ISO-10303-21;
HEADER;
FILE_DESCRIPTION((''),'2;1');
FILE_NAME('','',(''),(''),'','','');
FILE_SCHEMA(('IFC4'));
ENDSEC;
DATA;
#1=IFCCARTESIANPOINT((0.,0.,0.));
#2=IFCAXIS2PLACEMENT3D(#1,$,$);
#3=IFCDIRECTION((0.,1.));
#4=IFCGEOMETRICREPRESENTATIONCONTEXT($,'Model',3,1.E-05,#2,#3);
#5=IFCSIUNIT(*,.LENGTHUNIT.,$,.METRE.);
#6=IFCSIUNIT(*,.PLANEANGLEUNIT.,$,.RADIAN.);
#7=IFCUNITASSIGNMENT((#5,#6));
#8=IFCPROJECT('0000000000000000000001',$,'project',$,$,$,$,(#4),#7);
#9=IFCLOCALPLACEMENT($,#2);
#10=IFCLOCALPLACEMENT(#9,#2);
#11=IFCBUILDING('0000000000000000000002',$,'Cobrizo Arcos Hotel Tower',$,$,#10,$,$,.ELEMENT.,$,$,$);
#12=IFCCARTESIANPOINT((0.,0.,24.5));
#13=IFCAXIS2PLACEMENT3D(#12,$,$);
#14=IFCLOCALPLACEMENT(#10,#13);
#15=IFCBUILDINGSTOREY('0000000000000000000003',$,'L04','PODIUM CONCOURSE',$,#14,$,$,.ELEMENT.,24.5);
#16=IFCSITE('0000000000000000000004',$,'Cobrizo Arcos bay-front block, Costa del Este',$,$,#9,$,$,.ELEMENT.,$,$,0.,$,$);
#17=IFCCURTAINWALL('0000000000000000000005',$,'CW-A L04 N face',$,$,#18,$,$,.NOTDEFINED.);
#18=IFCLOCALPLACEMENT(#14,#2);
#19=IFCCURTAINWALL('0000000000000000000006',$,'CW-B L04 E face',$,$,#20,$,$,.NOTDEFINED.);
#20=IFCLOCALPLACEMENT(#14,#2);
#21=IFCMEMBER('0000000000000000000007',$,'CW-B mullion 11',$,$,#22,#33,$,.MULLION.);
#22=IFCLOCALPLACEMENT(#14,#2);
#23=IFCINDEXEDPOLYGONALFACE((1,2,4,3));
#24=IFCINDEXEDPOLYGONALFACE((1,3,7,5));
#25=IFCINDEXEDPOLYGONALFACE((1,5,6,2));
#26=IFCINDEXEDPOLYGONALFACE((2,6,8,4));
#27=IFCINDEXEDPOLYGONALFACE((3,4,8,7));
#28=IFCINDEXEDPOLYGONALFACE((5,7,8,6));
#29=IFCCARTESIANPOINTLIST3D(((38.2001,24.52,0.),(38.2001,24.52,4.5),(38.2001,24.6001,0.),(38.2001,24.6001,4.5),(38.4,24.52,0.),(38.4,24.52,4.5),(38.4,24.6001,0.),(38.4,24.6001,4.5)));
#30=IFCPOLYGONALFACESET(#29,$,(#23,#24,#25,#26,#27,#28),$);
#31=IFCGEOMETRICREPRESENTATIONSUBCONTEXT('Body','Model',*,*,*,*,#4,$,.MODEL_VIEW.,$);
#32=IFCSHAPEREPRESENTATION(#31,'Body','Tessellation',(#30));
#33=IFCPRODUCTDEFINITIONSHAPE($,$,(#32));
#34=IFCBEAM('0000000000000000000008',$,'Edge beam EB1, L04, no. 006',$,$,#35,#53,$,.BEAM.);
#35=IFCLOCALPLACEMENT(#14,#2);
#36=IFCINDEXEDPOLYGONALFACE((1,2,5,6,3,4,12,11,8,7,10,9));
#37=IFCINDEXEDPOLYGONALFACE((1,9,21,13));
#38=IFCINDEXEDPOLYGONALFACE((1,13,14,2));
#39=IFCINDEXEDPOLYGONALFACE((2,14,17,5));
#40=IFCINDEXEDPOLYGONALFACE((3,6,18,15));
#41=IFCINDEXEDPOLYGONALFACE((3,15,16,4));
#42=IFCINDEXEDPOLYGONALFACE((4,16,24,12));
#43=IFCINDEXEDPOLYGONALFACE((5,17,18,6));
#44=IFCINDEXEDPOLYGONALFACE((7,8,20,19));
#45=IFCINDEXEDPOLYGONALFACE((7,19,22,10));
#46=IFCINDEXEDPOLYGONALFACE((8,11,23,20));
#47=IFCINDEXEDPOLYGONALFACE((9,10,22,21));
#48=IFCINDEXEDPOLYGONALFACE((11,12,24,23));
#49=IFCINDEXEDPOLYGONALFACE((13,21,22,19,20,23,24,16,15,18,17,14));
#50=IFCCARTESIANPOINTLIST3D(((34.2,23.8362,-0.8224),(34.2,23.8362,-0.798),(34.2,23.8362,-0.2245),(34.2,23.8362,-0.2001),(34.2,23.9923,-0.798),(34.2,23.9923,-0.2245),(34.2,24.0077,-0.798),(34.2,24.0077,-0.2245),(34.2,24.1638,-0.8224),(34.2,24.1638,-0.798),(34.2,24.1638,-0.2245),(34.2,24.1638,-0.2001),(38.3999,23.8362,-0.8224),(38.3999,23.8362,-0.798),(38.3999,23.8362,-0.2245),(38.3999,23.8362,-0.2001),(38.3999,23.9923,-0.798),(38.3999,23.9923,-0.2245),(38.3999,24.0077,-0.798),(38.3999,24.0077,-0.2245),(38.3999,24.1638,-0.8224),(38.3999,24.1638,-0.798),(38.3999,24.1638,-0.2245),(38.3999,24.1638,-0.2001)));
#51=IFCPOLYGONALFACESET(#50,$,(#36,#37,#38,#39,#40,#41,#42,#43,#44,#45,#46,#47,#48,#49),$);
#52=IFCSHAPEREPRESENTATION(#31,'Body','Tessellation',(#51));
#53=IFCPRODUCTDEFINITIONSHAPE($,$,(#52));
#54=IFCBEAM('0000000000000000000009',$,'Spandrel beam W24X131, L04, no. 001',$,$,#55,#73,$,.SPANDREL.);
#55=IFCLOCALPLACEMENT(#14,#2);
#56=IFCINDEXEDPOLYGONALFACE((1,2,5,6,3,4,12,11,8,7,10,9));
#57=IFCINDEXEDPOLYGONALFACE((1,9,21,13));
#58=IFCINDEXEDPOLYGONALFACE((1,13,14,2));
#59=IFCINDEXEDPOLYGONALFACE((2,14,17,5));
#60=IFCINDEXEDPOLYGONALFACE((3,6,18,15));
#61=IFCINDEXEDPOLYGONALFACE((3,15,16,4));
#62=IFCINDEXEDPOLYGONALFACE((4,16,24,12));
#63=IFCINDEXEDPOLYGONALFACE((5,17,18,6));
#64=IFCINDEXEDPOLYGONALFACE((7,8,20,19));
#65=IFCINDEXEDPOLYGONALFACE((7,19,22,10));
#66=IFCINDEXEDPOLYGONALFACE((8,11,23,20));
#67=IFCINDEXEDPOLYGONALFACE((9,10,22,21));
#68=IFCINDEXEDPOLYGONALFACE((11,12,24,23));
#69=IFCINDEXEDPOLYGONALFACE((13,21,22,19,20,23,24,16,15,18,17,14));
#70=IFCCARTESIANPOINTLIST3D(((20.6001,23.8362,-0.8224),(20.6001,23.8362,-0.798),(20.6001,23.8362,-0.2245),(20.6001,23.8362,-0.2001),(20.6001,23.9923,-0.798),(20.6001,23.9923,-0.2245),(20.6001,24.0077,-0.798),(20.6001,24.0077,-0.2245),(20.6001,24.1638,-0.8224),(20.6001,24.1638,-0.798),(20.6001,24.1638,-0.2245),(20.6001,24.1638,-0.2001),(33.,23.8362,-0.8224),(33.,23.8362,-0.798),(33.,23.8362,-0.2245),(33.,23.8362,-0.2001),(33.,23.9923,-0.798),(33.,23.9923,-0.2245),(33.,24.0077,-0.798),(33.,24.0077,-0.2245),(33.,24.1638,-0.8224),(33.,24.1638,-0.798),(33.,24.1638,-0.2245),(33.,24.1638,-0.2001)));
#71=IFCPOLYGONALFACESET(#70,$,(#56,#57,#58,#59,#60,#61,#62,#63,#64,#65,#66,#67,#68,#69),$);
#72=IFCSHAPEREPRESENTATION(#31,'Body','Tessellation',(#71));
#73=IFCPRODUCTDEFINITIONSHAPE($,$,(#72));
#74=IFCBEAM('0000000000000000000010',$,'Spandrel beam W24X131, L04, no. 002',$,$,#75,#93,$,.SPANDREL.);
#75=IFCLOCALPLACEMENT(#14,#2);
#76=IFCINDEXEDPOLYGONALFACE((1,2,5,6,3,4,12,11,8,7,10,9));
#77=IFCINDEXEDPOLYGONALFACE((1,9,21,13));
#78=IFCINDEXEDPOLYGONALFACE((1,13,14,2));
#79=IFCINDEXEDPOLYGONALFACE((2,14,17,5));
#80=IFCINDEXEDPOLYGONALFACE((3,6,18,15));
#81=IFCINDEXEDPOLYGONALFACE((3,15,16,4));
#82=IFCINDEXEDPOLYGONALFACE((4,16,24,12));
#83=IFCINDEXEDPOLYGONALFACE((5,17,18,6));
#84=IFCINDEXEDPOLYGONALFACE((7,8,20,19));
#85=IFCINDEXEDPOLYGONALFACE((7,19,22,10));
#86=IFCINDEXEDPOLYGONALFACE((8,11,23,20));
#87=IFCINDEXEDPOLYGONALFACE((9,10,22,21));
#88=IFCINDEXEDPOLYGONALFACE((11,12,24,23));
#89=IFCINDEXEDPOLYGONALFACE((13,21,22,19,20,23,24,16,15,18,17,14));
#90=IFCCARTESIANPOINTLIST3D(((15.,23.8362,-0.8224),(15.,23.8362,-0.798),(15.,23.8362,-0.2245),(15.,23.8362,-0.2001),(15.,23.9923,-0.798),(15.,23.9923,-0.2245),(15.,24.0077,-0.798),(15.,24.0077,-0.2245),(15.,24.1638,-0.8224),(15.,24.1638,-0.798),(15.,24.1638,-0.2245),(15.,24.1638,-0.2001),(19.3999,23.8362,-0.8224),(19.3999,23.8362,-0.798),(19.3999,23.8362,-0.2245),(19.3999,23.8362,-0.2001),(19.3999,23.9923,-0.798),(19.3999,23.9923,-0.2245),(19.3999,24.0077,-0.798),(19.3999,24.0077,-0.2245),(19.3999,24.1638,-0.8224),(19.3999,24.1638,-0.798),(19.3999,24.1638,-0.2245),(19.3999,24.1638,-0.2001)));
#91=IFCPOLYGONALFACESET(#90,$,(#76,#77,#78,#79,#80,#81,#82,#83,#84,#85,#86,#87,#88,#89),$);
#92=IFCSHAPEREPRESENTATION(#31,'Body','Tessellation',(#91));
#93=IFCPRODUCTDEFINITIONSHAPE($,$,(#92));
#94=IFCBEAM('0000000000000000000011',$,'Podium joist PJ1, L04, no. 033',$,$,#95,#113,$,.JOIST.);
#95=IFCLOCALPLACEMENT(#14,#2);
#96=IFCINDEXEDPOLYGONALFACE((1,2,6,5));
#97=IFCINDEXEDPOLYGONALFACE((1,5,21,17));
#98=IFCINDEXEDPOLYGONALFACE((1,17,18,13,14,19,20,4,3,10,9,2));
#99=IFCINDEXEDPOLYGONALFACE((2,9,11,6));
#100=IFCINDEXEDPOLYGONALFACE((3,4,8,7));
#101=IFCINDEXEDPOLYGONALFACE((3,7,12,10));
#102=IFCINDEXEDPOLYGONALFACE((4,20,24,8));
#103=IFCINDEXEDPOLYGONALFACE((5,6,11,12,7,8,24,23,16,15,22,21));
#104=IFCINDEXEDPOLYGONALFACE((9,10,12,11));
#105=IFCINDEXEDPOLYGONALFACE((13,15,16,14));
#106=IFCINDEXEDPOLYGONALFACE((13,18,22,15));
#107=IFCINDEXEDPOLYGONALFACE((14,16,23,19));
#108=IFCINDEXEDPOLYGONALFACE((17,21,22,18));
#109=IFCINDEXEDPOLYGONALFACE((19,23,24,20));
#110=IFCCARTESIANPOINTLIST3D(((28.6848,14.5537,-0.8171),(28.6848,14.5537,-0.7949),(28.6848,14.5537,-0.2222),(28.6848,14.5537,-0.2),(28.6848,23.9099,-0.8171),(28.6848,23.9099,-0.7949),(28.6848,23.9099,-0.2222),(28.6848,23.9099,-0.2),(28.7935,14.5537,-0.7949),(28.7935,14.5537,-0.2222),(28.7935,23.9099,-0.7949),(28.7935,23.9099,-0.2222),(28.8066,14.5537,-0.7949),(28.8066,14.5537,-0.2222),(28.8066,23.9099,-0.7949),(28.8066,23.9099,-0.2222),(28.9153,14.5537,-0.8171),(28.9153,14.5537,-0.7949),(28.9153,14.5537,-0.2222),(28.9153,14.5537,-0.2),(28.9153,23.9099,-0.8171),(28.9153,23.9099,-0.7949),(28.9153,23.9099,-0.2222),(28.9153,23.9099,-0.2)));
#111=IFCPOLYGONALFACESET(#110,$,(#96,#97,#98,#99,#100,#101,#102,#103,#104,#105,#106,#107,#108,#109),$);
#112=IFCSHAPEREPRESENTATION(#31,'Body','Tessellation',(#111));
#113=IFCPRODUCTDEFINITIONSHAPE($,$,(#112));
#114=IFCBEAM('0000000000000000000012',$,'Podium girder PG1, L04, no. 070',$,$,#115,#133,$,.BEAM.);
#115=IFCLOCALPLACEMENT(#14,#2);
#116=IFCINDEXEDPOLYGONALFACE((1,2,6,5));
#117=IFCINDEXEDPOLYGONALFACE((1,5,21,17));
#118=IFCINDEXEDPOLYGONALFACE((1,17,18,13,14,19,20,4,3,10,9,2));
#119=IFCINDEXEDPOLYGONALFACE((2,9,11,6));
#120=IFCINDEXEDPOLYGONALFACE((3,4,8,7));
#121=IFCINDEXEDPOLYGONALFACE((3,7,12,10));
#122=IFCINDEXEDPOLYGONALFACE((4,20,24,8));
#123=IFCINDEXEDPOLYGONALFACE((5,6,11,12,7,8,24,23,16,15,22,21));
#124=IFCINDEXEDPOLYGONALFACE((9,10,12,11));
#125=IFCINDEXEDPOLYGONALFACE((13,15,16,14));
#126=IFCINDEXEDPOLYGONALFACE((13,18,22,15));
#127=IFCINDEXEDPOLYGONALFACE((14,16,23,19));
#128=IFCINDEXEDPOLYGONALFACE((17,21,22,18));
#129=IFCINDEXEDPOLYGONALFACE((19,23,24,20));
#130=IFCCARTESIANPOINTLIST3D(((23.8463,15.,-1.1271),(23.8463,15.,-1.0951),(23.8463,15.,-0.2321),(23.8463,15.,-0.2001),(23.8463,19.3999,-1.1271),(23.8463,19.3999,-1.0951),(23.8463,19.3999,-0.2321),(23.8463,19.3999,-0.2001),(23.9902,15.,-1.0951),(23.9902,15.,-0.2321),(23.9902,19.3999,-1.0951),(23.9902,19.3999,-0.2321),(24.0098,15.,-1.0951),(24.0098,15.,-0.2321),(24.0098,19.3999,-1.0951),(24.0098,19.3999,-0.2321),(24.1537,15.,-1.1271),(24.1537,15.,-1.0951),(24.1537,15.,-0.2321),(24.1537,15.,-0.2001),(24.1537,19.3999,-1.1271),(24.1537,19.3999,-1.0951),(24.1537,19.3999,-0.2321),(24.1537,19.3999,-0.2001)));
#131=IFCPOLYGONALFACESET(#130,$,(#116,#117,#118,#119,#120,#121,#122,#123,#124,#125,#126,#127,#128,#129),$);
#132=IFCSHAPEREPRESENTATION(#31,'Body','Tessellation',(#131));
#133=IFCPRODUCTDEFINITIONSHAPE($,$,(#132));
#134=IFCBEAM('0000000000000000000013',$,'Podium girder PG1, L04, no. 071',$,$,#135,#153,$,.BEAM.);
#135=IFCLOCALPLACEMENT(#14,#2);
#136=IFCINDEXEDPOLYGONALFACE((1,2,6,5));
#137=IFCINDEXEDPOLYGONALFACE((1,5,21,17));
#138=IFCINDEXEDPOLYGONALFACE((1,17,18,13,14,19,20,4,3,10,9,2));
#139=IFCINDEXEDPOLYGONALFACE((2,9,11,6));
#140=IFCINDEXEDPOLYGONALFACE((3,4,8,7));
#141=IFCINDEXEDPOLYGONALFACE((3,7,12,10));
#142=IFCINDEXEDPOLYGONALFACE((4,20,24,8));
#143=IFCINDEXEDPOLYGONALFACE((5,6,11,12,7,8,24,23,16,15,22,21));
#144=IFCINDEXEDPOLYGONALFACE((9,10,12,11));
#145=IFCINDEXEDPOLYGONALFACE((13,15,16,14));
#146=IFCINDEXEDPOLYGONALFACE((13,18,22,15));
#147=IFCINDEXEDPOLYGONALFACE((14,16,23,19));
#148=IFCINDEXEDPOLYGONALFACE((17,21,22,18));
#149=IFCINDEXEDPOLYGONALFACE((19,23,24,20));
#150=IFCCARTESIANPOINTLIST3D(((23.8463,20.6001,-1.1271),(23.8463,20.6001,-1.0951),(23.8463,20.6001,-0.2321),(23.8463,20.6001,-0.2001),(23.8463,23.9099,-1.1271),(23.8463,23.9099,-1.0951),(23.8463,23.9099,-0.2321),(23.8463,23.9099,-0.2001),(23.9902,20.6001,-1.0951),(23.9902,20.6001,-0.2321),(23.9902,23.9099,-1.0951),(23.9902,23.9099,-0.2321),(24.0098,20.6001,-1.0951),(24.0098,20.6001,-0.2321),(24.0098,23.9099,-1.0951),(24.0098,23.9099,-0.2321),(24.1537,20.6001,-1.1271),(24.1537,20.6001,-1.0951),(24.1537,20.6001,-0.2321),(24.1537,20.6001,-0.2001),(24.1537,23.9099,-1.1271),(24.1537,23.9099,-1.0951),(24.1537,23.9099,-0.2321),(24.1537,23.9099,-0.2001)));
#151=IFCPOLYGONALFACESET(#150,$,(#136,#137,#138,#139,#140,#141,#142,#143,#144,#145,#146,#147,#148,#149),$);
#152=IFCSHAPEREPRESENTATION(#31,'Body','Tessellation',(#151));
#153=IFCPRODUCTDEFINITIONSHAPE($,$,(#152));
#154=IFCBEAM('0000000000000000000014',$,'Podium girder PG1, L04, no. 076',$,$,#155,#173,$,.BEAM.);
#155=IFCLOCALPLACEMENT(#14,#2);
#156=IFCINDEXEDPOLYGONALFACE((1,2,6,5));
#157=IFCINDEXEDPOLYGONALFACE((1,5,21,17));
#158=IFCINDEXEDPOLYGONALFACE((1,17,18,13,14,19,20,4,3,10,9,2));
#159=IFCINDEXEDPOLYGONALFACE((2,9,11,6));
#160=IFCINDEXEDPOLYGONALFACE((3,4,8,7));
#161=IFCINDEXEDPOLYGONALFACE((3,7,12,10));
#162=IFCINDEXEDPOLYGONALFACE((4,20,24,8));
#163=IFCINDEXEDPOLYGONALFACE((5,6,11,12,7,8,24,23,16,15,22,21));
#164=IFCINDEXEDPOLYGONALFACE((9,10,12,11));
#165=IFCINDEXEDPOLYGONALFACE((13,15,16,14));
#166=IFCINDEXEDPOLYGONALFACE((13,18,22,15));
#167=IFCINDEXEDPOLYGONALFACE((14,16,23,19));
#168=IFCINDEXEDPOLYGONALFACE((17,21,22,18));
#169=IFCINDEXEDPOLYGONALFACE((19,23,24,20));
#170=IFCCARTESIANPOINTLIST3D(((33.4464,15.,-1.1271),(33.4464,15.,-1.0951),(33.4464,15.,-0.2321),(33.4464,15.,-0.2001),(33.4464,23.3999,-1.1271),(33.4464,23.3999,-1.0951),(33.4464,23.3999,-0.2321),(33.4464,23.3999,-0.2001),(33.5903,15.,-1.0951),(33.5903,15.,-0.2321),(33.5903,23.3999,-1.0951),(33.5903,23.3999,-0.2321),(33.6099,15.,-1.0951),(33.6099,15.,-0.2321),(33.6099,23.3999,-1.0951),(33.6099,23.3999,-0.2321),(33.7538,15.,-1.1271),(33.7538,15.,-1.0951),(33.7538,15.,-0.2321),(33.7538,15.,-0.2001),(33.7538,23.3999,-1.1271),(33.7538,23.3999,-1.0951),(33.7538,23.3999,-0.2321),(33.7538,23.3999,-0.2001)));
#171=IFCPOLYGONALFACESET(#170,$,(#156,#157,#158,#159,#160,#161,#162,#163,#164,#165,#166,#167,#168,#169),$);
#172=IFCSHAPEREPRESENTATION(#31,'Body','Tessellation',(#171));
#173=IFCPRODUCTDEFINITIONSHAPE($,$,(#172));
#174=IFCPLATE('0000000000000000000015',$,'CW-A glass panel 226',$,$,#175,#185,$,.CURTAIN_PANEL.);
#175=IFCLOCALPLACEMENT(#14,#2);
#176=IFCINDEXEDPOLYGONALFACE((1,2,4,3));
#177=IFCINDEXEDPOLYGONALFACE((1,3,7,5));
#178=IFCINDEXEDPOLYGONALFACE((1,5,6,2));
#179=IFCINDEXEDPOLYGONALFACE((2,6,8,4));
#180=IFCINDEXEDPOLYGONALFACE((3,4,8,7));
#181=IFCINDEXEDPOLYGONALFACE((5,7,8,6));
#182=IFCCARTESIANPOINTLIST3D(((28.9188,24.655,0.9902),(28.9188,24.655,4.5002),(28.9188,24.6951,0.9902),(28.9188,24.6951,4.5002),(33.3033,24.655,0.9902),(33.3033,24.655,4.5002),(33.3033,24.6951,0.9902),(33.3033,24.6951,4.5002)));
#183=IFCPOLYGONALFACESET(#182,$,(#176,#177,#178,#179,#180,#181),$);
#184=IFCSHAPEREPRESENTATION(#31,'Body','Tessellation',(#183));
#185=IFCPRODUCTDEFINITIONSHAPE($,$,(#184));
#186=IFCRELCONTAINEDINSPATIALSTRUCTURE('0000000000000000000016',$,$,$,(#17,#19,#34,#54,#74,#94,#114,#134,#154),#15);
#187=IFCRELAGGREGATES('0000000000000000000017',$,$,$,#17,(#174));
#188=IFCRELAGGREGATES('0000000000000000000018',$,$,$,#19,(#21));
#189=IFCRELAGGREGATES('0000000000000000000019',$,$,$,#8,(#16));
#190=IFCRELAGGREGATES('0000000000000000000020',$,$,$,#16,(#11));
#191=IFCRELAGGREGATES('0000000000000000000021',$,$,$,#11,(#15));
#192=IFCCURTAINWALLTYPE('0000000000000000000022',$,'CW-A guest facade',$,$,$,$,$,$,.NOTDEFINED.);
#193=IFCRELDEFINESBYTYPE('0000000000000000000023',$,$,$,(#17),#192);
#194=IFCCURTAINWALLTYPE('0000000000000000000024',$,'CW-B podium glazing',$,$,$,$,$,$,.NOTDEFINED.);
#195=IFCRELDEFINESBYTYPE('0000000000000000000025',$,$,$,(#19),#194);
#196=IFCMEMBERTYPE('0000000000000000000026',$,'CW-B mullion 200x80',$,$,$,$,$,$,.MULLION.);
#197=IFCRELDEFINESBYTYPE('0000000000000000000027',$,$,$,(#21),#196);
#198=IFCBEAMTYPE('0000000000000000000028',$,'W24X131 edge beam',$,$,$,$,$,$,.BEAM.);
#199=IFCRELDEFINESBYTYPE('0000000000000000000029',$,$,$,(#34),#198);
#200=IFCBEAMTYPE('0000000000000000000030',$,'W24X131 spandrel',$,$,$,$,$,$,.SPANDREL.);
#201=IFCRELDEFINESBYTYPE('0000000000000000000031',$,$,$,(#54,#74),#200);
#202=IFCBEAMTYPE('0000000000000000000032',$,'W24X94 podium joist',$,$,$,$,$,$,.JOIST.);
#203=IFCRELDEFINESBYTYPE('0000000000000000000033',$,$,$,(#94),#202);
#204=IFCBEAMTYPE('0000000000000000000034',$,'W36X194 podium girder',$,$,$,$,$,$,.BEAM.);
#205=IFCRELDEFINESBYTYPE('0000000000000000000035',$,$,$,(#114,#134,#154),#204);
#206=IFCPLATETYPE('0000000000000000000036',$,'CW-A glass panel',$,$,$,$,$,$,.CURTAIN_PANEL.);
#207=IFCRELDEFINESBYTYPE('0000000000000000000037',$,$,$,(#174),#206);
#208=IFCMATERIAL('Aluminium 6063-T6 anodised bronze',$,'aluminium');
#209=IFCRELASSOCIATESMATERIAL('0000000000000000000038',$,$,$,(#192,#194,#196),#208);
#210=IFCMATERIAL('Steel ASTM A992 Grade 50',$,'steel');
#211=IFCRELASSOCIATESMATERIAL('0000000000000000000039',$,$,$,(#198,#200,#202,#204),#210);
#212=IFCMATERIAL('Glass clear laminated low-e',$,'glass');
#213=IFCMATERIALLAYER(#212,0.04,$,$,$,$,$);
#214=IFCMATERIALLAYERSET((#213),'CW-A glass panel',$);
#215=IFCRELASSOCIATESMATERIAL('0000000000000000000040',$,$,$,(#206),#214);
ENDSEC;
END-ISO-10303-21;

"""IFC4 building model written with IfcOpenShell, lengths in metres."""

from ifc_helpers import new_model, si_unit, direction, frame, origin, origin_2d, place, context, subcontext, project, spatial, rectangle, i_section, extrude, material, layer, layer_set, material_profile, profile_set, type_object, element, aggregate, save


model = new_model("IFC4")

# Units and contexts
model_context = context("Model", 3, precision=1e-05, world=origin(), true_north=direction((0.0, 1.0)))
body_context = subcontext(model_context, "Body", "Model", "MODEL_VIEW")
ifc_project = project(units=[si_unit("LENGTHUNIT", "METRE"), si_unit("PLANEANGLEUNIT", "RADIAN")], contexts=[model_context])

# Site, building, storey
site_placement = place(None, origin())
site = spatial("IfcSite", under=ifc_project, at=site_placement, Name="Cobrizo Arcos bay-front block, Costa del Este", CompositionType="ELEMENT", RefElevation=0.0)
building_placement = place(site_placement, origin())
building = spatial("IfcBuilding", under=site, at=building_placement, Name="Cobrizo Arcos Hotel Tower", CompositionType="ELEMENT")
storey_placement = place(building_placement, frame((0.0, 0.0, 24.5)))
storey = spatial("IfcBuildingStorey", under=building, at=storey_placement, Name="L04", Description="PODIUM CONCOURSE", CompositionType="ELEMENT", Elevation=24.5)

# Curtain walls, member
ifc_material_1 = material(Name="Aluminium 6063-T6 anodised bronze", Category="aluminium")
curtain_wall_type_1 = type_object("IfcCurtainWallType", Name="CW-A guest facade", PredefinedType="NOTDEFINED", material=ifc_material_1)
curtain_wall_1_placement = place(storey_placement, origin())
curtain_wall_1 = element("IfcCurtainWall", 1, at=curtain_wall_1_placement, inside=storey, type_object=curtain_wall_type_1, Name="CW-A L04 N face", PredefinedType="NOTDEFINED")
curtain_wall_type_2 = type_object("IfcCurtainWallType", Name="CW-B podium glazing", PredefinedType="NOTDEFINED", material=ifc_material_1)
curtain_wall_2_placement = place(storey_placement, origin())
curtain_wall_2 = element("IfcCurtainWall", 2, at=curtain_wall_2_placement, inside=storey, type_object=curtain_wall_type_2, Name="CW-B L04 E face", PredefinedType="NOTDEFINED")
ifc_material_profile_1 = material_profile(ifc_material_1, rectangle(XDim=0.2, YDim=0.0801, at=origin_2d()), Name="CW-B mullion 200x80")
ifc_profile_set_1 = profile_set([ifc_material_profile_1], Name="Aluminium 6063-T6 anodised bronze")
member_type_1 = type_object("IfcMemberType", Name="CW-B mullion 200x80", PredefinedType="MULLION", material=ifc_profile_set_1)
member_1_placement = place(storey_placement, frame((38.3, 24.5601, 0.0), z_axis=(0.0, 0.0, 1.0), x_axis=(1.0, 0.0, 0.0)))
member_1 = element("IfcMember", 3, at=member_1_placement, type_object=member_type_1, Name="CW-B mullion 11", PredefinedType="MULLION", context=body_context, shape_type="SweptSolid", body=[
    extrude(rectangle(XDim=0.2, YDim=0.0801, at=origin_2d()), origin(), (0.0, 0.0, 1.0), 4.5),
])

# Beams
ifc_material_2 = material(Name="Steel ASTM A992 Grade 50", Category="steel")
ifc_material_profile_2 = material_profile(ifc_material_2, i_section(OverallWidth=0.3276, OverallDepth=0.6223, WebThickness=0.0154, FlangeThickness=0.0244, at=origin_2d()), Name="W24X131")
ifc_profile_set_2 = profile_set([ifc_material_profile_2], Name="Steel ASTM A992 Grade 50")
beam_type_1 = type_object("IfcBeamType", Name="W24X131 edge beam", PredefinedType="BEAM", material=ifc_profile_set_2)
beam_1_placement = place(storey_placement, frame((38.3999, 24.0, -0.5112), z_axis=(-1.0, 0.0, 0.0), x_axis=(0.0, -1.0, 0.0)))
element("IfcBeam", 4, at=beam_1_placement, inside=storey, type_object=beam_type_1, Name="Edge beam EB1, L04, no. 006", PredefinedType="BEAM", context=body_context, shape_type="SweptSolid", body=[
    extrude(i_section(OverallWidth=0.3276, OverallDepth=0.6223, WebThickness=0.0154, FlangeThickness=0.0244, at=origin_2d()), origin(), (0.0, 0.0, 1.0), 4.2),
])
ifc_material_profile_3 = material_profile(ifc_material_2, i_section(OverallWidth=0.3276, OverallDepth=0.6223, WebThickness=0.0154, FlangeThickness=0.0244, at=origin_2d()), Name="W24X131")
ifc_profile_set_3 = profile_set([ifc_material_profile_3], Name="Steel ASTM A992 Grade 50")
beam_type_2 = type_object("IfcBeamType", Name="W24X131 spandrel", PredefinedType="SPANDREL", material=ifc_profile_set_3)
beam_2_placement = place(storey_placement, frame((33.0, 24.0, -0.5112), z_axis=(-1.0, 0.0, 0.0), x_axis=(0.0, -1.0, 0.0)))
element("IfcBeam", 5, at=beam_2_placement, inside=storey, type_object=beam_type_2, Name="Spandrel beam W24X131, L04, no. 001", PredefinedType="SPANDREL", context=body_context, shape_type="SweptSolid", body=[
    extrude(i_section(OverallWidth=0.3276, OverallDepth=0.6223, WebThickness=0.0154, FlangeThickness=0.0244, at=origin_2d()), origin(), (0.0, 0.0, 1.0), 12.3999),
])
beam_3_placement = place(storey_placement, frame((19.3999, 24.0, -0.5112), z_axis=(-1.0, 0.0, 0.0), x_axis=(0.0, -1.0, 0.0)))
element("IfcBeam", 6, at=beam_3_placement, inside=storey, type_object=beam_type_2, Name="Spandrel beam W24X131, L04, no. 002", PredefinedType="SPANDREL", context=body_context, shape_type="SweptSolid", body=[
    extrude(i_section(OverallWidth=0.3276, OverallDepth=0.6223, WebThickness=0.0154, FlangeThickness=0.0244, at=origin_2d()), origin(), (0.0, 0.0, 1.0), 4.3999),
])
ifc_material_profile_4 = material_profile(ifc_material_2, i_section(OverallWidth=0.2305, OverallDepth=0.6172, WebThickness=0.0132, FlangeThickness=0.0222, at=origin_2d()), Name="W24X94")
ifc_profile_set_4 = profile_set([ifc_material_profile_4], Name="Steel ASTM A992 Grade 50")
beam_type_3 = type_object("IfcBeamType", Name="W24X94 podium joist", PredefinedType="JOIST", material=ifc_profile_set_4)
beam_4_placement = place(storey_placement, frame((28.8, 14.5537, -0.5085), z_axis=(0.0, 1.0, 0.0), x_axis=(-1.0, 0.0, 0.0)))
element("IfcBeam", 7, at=beam_4_placement, inside=storey, type_object=beam_type_3, Name="Podium joist PJ1, L04, no. 033", PredefinedType="JOIST", context=body_context, shape_type="SweptSolid", body=[
    extrude(i_section(OverallWidth=0.2305, OverallDepth=0.6172, WebThickness=0.0132, FlangeThickness=0.0222, at=origin_2d()), origin(), (0.0, 0.0, 1.0), 9.3562),
])
ifc_material_profile_5 = material_profile(ifc_material_2, i_section(OverallWidth=0.3074, OverallDepth=0.927, WebThickness=0.0195, FlangeThickness=0.032, at=origin_2d()), Name="W36X194")
ifc_profile_set_5 = profile_set([ifc_material_profile_5], Name="Steel ASTM A992 Grade 50")
beam_type_4 = type_object("IfcBeamType", Name="W36X194 podium girder", PredefinedType="BEAM", material=ifc_profile_set_5)
beam_5_placement = place(storey_placement, frame((24.0, 15.0, -0.6636), z_axis=(0.0, 1.0, 0.0), x_axis=(-1.0, 0.0, 0.0)))
element("IfcBeam", 8, at=beam_5_placement, inside=storey, type_object=beam_type_4, Name="Podium girder PG1, L04, no. 070", PredefinedType="BEAM", context=body_context, shape_type="SweptSolid", body=[
    extrude(i_section(OverallWidth=0.3074, OverallDepth=0.927, WebThickness=0.0195, FlangeThickness=0.032, at=origin_2d()), origin(), (0.0, 0.0, 1.0), 4.3999),
])
beam_6_placement = place(storey_placement, frame((24.0, 20.6001, -0.6636), z_axis=(0.0, 1.0, 0.0), x_axis=(-1.0, 0.0, 0.0)))
element("IfcBeam", 9, at=beam_6_placement, inside=storey, type_object=beam_type_4, Name="Podium girder PG1, L04, no. 071", PredefinedType="BEAM", context=body_context, shape_type="SweptSolid", body=[
    extrude(i_section(OverallWidth=0.3074, OverallDepth=0.927, WebThickness=0.0195, FlangeThickness=0.032, at=origin_2d()), origin(), (0.0, 0.0, 1.0), 3.3098),
])
beam_7_placement = place(storey_placement, frame((33.6001, 15.0, -0.6636), z_axis=(0.0, 1.0, 0.0), x_axis=(-1.0, 0.0, 0.0)))
element("IfcBeam", 10, at=beam_7_placement, inside=storey, type_object=beam_type_4, Name="Podium girder PG1, L04, no. 076", PredefinedType="BEAM", context=body_context, shape_type="SweptSolid", body=[
    extrude(i_section(OverallWidth=0.3074, OverallDepth=0.927, WebThickness=0.0195, FlangeThickness=0.032, at=origin_2d()), origin(), (0.0, 0.0, 1.0), 8.3999),
])

# Plate
ifc_material_3 = material(Name="Glass clear laminated low-e", Category="glass")
ifc_layer_1 = layer(ifc_material_3, 0.04)
ifc_layer_set_1 = layer_set([ifc_layer_1], Name="CW-A glass panel")
plate_type_1 = type_object("IfcPlateType", Name="CW-A glass panel", PredefinedType="CURTAIN_PANEL", material=ifc_layer_set_1)
plate_1_placement = place(storey_placement, frame((31.1111, 24.675, 0.9902), z_axis=(0.0, 0.0, 1.0), x_axis=(-1.0, 0.0, 0.0)))
plate_1 = element("IfcPlate", 11, at=plate_1_placement, type_object=plate_type_1, Name="CW-A glass panel 226", PredefinedType="CURTAIN_PANEL", context=body_context, shape_type="SweptSolid", body=[
    extrude(rectangle(XDim=4.3845, YDim=0.04, at=origin_2d()), origin(), (0.0, 0.0, 1.0), 3.51),
])
aggregate(curtain_wall_1, [plate_1])
aggregate(curtain_wall_2, [member_1])

save(model, "model.ifc")
